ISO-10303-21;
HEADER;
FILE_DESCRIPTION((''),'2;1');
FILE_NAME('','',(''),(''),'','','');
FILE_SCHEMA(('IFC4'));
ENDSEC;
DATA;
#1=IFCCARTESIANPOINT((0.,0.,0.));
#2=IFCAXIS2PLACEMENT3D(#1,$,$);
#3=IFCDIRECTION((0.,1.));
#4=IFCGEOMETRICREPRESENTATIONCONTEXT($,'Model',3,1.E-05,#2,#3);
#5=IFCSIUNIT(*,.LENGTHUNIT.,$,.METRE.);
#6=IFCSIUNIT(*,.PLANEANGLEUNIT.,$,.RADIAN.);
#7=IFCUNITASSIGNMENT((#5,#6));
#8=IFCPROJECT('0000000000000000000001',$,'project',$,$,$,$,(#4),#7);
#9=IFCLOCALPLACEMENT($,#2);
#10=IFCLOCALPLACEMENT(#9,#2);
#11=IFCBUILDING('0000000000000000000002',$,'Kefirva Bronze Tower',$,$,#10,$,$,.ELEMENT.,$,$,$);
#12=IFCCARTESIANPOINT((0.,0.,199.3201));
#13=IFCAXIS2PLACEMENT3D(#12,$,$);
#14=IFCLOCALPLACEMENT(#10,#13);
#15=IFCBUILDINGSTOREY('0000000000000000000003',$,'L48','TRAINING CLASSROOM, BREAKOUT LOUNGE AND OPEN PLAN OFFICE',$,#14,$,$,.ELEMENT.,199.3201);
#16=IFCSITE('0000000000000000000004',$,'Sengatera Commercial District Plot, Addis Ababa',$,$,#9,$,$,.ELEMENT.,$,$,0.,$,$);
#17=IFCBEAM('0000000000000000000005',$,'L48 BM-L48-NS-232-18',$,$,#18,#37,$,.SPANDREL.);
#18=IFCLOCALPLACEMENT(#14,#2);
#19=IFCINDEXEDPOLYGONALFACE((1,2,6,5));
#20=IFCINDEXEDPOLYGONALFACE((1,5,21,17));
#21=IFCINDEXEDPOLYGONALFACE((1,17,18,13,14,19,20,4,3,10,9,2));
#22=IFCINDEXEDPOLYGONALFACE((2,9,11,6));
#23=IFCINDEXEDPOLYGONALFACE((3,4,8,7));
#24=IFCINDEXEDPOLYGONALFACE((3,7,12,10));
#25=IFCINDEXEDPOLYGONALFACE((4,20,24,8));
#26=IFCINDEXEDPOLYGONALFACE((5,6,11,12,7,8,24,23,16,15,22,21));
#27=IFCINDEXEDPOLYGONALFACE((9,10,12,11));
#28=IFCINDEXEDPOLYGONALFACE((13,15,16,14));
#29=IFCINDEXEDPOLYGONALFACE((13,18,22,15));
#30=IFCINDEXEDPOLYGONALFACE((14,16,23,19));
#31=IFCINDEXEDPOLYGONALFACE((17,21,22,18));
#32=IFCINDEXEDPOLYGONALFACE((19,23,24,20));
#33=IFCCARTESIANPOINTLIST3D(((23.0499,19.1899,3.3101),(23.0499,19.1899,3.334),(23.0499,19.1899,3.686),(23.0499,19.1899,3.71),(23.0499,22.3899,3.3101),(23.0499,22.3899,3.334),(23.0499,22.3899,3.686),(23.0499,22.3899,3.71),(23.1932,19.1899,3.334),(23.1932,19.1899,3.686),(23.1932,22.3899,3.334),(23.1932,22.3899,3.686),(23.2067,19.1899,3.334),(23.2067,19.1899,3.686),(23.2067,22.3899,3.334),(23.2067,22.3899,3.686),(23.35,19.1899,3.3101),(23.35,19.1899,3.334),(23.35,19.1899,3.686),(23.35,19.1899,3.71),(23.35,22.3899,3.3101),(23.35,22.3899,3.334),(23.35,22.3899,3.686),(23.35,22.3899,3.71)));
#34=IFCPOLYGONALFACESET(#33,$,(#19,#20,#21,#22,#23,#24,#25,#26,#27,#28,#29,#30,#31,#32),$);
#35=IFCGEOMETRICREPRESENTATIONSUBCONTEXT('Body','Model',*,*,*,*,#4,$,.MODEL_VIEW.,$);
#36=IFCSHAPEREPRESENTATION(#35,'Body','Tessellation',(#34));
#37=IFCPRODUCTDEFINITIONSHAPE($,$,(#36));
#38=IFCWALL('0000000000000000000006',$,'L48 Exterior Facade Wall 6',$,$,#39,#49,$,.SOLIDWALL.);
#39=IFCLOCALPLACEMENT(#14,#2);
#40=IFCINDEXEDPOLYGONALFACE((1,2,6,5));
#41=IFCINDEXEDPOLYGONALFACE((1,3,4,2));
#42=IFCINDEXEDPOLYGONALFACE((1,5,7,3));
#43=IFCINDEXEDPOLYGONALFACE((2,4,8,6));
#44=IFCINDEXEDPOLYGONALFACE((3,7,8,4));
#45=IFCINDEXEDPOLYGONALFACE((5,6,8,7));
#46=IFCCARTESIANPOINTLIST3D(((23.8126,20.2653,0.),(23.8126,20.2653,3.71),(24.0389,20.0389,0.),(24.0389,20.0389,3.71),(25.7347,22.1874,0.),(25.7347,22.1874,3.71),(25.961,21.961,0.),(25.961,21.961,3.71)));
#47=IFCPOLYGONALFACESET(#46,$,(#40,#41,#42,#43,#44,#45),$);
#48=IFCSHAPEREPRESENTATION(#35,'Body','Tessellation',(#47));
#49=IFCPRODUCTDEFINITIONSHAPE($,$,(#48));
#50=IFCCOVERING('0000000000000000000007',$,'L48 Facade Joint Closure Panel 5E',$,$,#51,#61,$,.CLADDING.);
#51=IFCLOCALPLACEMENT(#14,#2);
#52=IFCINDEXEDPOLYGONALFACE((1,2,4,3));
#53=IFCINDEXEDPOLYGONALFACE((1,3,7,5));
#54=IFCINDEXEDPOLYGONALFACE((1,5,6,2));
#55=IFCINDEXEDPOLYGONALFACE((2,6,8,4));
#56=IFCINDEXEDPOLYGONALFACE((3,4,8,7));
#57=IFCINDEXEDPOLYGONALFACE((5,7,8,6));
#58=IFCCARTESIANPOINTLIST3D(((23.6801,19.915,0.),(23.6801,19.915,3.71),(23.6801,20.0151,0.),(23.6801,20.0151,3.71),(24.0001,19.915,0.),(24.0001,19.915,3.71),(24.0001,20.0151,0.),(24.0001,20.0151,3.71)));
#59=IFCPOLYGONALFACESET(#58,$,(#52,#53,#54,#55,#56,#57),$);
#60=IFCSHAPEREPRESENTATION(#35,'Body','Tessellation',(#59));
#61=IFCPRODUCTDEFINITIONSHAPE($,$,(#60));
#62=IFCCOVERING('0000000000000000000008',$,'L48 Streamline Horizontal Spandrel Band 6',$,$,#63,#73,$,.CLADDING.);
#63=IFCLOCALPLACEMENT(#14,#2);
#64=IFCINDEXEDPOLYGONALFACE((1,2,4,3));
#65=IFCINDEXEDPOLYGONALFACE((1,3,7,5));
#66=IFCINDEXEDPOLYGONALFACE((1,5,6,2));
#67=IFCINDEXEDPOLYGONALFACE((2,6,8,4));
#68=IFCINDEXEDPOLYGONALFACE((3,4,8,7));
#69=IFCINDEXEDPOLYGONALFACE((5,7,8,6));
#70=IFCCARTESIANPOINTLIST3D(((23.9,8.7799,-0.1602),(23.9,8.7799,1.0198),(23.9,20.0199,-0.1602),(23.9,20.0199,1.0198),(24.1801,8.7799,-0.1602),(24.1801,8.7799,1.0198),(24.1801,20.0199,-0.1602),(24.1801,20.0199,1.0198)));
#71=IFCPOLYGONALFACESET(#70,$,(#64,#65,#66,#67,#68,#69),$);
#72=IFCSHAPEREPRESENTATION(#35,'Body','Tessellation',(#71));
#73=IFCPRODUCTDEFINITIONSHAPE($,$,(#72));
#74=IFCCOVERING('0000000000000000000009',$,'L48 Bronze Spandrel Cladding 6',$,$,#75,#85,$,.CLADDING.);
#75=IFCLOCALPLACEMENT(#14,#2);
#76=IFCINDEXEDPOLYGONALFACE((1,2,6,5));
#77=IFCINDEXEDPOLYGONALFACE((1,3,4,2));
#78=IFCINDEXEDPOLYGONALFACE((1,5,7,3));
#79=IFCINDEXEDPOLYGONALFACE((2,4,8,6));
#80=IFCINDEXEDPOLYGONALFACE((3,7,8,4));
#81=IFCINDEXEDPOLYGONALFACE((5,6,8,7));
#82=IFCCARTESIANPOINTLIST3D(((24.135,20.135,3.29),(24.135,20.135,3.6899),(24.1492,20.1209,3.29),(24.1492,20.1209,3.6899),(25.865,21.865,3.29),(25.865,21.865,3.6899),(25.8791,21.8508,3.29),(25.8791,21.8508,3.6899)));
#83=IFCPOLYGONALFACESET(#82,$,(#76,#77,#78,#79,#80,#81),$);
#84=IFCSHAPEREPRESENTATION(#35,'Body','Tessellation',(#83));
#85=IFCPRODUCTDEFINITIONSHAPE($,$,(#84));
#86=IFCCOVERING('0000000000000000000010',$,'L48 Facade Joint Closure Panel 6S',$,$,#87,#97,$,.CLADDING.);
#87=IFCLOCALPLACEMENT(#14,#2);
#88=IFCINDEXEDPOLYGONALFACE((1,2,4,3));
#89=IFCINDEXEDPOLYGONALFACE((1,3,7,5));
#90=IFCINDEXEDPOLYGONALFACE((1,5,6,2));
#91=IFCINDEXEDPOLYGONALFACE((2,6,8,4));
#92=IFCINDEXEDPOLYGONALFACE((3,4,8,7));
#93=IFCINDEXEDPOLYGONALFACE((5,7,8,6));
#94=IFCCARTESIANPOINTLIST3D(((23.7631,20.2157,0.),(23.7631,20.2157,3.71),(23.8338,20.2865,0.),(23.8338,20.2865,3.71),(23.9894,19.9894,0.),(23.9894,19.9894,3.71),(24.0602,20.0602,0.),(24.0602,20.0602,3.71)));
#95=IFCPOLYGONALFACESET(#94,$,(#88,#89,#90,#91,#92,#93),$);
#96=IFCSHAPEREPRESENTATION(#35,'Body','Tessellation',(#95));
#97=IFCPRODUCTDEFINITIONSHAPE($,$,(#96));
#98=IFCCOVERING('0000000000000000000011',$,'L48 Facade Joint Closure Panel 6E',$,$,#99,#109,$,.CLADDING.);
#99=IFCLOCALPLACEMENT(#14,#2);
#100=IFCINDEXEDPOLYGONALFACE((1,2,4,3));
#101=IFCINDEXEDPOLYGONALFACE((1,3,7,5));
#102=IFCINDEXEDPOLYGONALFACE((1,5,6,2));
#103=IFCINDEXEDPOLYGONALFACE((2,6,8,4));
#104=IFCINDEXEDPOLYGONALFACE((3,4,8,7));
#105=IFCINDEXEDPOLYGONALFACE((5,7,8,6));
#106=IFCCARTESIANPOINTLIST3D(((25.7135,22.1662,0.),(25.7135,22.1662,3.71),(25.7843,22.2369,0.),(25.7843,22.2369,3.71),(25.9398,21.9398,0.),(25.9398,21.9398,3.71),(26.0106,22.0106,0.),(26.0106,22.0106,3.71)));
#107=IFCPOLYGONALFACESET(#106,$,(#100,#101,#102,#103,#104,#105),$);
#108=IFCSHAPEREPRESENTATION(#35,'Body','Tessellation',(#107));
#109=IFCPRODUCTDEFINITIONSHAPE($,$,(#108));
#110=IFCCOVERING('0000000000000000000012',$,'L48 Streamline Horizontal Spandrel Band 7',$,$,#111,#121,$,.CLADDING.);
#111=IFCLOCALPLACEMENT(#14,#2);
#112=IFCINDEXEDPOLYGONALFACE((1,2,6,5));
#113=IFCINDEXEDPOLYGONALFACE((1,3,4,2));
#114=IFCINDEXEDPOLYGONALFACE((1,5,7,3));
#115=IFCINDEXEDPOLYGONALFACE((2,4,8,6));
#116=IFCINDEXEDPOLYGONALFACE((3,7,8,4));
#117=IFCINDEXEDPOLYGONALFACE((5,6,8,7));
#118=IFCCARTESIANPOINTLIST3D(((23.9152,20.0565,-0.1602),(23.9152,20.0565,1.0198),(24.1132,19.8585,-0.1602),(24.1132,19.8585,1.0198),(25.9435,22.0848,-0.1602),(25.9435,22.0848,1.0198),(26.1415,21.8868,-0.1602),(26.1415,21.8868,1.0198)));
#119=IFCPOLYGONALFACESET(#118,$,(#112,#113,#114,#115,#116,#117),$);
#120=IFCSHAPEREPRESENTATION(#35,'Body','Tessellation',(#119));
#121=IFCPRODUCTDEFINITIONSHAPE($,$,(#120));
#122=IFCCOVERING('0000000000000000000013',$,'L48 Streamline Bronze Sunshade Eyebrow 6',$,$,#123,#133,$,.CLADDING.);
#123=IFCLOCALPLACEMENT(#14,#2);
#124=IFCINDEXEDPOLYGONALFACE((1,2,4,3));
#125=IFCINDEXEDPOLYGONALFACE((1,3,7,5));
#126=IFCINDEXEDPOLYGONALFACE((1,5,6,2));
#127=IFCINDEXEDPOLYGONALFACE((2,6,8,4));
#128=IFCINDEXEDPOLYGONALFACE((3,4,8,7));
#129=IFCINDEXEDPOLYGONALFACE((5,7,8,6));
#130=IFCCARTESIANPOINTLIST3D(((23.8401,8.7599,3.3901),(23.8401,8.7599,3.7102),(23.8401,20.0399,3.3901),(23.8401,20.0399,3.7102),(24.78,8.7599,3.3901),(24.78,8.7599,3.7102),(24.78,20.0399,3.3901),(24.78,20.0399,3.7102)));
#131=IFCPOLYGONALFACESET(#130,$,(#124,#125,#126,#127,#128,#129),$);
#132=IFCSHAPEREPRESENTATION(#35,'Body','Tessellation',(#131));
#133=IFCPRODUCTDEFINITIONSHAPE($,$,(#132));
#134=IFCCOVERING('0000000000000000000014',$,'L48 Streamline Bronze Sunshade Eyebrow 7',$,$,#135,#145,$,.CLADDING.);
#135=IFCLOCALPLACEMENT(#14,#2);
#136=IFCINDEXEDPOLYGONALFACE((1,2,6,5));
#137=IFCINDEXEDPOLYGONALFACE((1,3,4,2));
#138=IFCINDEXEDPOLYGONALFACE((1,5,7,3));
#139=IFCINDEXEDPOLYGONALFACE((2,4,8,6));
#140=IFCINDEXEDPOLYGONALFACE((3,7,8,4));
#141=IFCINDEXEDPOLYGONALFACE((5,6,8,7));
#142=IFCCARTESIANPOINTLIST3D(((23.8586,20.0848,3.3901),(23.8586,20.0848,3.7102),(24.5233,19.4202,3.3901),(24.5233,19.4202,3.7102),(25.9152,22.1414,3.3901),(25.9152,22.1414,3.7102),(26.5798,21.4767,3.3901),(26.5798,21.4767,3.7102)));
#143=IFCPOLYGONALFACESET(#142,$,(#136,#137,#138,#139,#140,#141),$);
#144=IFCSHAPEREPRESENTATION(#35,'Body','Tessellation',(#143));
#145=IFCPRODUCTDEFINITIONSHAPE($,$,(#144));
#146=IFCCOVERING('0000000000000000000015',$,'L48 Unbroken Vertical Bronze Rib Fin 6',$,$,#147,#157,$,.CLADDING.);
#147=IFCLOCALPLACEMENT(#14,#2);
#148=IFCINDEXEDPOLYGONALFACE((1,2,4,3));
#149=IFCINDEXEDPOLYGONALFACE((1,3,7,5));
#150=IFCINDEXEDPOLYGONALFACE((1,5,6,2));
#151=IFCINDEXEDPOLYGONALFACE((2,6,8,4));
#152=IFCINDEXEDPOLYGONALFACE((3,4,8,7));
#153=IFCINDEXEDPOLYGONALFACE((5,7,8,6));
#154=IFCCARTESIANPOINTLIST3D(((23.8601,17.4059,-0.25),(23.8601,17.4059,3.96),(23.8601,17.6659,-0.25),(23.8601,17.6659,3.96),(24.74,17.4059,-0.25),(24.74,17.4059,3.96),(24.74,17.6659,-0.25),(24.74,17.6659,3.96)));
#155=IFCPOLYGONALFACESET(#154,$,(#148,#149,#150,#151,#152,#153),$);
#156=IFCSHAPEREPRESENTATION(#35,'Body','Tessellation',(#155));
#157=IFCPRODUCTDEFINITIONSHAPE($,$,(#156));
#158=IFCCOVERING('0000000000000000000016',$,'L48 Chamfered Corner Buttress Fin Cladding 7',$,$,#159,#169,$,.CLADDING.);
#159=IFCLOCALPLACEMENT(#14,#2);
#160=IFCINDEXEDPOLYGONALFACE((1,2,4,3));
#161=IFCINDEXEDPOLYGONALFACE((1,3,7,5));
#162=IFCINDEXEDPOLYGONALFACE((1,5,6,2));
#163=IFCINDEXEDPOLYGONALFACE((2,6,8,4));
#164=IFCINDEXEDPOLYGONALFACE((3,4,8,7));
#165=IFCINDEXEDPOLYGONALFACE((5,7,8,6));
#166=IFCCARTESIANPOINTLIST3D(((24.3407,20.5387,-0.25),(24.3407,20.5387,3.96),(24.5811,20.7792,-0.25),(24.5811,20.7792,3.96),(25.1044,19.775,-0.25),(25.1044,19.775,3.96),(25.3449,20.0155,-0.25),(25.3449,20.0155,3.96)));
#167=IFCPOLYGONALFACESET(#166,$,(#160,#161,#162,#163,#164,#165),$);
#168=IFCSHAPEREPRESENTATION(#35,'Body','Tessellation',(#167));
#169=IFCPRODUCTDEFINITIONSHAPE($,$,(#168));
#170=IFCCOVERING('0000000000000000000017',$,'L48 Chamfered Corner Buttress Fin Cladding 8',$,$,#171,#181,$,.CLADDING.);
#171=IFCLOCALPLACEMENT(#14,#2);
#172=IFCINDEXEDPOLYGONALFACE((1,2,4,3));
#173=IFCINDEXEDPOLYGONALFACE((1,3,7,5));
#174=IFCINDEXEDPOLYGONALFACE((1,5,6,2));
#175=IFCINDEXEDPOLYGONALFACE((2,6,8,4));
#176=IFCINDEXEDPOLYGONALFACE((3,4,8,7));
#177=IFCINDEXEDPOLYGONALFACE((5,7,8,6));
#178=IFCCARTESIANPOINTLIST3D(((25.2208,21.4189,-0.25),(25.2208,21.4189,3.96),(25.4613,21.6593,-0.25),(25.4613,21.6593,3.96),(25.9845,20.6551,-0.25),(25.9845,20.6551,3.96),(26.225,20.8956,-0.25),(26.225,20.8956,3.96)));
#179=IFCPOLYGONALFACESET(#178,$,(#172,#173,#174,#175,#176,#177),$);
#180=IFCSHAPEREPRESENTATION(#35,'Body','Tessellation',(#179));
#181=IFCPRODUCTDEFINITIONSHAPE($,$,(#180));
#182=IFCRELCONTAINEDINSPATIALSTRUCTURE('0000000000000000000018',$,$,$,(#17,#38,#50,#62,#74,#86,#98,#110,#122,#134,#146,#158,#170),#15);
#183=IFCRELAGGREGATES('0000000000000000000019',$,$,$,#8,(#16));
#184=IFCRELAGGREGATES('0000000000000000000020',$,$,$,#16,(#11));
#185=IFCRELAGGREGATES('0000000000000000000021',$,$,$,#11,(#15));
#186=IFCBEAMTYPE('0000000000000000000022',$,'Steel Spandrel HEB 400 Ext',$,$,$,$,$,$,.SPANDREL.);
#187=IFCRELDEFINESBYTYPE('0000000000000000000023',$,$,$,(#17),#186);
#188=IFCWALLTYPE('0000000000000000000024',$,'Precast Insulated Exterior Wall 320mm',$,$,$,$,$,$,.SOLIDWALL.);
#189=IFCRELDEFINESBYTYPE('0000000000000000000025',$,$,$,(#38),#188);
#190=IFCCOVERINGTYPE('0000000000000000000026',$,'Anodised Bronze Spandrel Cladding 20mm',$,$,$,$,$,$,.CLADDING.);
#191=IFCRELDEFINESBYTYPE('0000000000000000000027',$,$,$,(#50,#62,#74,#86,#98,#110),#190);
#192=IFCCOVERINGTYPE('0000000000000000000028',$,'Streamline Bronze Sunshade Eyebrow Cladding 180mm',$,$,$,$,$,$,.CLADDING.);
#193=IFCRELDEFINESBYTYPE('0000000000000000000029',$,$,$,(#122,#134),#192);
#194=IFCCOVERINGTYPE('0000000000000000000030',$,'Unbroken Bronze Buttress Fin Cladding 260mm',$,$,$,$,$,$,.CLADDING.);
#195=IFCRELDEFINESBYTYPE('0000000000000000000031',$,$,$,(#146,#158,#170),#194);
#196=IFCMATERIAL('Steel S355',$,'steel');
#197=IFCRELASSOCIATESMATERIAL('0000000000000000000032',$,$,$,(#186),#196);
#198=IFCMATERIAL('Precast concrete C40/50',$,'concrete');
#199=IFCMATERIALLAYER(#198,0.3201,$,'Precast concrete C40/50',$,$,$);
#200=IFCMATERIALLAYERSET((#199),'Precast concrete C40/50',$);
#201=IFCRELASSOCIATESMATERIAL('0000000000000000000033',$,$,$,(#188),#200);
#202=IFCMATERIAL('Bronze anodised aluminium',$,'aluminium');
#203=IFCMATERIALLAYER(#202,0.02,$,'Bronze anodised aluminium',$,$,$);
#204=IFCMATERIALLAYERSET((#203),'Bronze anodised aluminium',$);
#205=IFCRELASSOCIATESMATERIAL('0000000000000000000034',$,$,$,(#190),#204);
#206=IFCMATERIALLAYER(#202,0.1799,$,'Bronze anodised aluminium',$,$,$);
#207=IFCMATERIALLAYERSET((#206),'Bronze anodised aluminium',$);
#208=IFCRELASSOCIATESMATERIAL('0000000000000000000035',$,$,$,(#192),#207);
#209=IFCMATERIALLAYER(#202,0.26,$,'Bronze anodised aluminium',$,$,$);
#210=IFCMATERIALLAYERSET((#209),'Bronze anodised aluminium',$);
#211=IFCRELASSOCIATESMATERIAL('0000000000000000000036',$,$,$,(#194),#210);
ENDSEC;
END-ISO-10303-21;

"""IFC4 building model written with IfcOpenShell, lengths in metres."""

from ifc_helpers import new_model, si_unit, direction, frame, frame_2d, origin, origin_2d, place, context, subcontext, project, spatial, rectangle, i_section, extrude, material, layer, layer_set, material_profile, profile_set, type_object, element, save


model = new_model("IFC4")

# Units and contexts
model_context = context("Model", 3, precision=1e-05, world=origin(), true_north=direction((0.0, 1.0)))
body_context = subcontext(model_context, "Body", "Model", "MODEL_VIEW")
ifc_project = project(units=[si_unit("LENGTHUNIT", "METRE"), si_unit("PLANEANGLEUNIT", "RADIAN")], contexts=[model_context])

# Site, building, storey
site_placement = place(None, origin())
site = spatial("IfcSite", under=ifc_project, at=site_placement, Name="Sengatera Commercial District Plot, Addis Ababa", CompositionType="ELEMENT", RefElevation=0.0)
building_placement = place(site_placement, origin())
building = spatial("IfcBuilding", under=site, at=building_placement, Name="Kefirva Bronze Tower", CompositionType="ELEMENT")
storey_placement = place(building_placement, frame((0.0, 0.0, 199.3201)))
storey = spatial("IfcBuildingStorey", under=building, at=storey_placement, Name="L48", Description="TRAINING CLASSROOM, BREAKOUT LOUNGE AND OPEN PLAN OFFICE", CompositionType="ELEMENT", Elevation=199.3201)

# Shared definitions
ifc_material_1 = material(Name="Bronze anodised aluminium", Category="aluminium")

# Beam
ifc_material_2 = material(Name="Steel S355", Category="steel")
ifc_material_profile_1 = material_profile(ifc_material_2, i_section(OverallWidth=0.3, OverallDepth=0.3999, WebThickness=0.0134, FlangeThickness=0.0239, at=origin_2d()), Name="HEB 400")
ifc_profile_set_1 = profile_set([ifc_material_profile_1], Name="Steel S355")
beam_type_1 = type_object("IfcBeamType", Name="Steel Spandrel HEB 400 Ext", PredefinedType="SPANDREL", material=ifc_profile_set_1)
beam_1_placement = place(storey_placement, frame((23.2, 19.1899, 3.51), z_axis=(0.0, 1.0, 0.0), x_axis=(-1.0, 0.0, 0.0)))
element("IfcBeam", 1, at=beam_1_placement, inside=storey, type_object=beam_type_1, Name="L48 BM-L48-NS-232-18", PredefinedType="SPANDREL", context=body_context, shape_type="SweptSolid", body=[
    extrude(i_section(OverallWidth=0.3, OverallDepth=0.3999, WebThickness=0.0134, FlangeThickness=0.0239, at=origin_2d()), origin(), (0.0, 0.0, 1.0), 3.2),
])

# Wall
ifc_material_3 = material(Name="Precast concrete C40/50", Category="concrete")
ifc_layer_1 = layer(ifc_material_3, 0.3201, Name="Precast concrete C40/50")
ifc_layer_set_1 = layer_set([ifc_layer_1], Name="Precast concrete C40/50")
wall_type = type_object("IfcWallType", Name="Precast Insulated Exterior Wall 320mm", PredefinedType="SOLIDWALL", material=ifc_layer_set_1)
wall_placement = place(storey_placement, frame((23.9258, 20.1521, 0.0), z_axis=(0.0, 0.0, 1.0), x_axis=(0.707107, 0.707107, 0.0)))
element("IfcWall", 2, at=wall_placement, inside=storey, type_object=wall_type, Name="L48 Exterior Facade Wall 6", PredefinedType="SOLIDWALL", context=body_context, shape_type="SweptSolid", body=[
    extrude(rectangle(XDim=2.7183, YDim=0.3201, at=frame_2d((1.3591, 0.0))), origin(), (0.0, 0.0, 1.0), 3.71),
])

# Coverings
ifc_layer_2 = layer(ifc_material_1, 0.02, Name="Bronze anodised aluminium")
ifc_layer_set_2 = layer_set([ifc_layer_2], Name="Bronze anodised aluminium")
covering_type_1 = type_object("IfcCoveringType", Name="Anodised Bronze Spandrel Cladding 20mm", PredefinedType="CLADDING", material=ifc_layer_set_2)
covering_1_placement = place(storey_placement, frame((23.8401, 19.9651, 0.0), z_axis=(0.0, 0.0, 1.0), x_axis=(0.0, 1.0, 0.0)))
element("IfcCovering", 3, at=covering_1_placement, inside=storey, type_object=covering_type_1, Name="L48 Facade Joint Closure Panel 5E", PredefinedType="CLADDING", context=body_context, shape_type="SweptSolid", body=[
    extrude(rectangle(XDim=0.1001, YDim=0.3201, at=origin_2d()), origin(), (0.0, 0.0, 1.0), 3.71),
])
covering_2_placement = place(storey_placement, frame((24.04, 14.3999, -0.1602), z_axis=(0.0, 0.0, 1.0), x_axis=(0.0, 1.0, 0.0)))
element("IfcCovering", 4, at=covering_2_placement, inside=storey, type_object=covering_type_1, Name="L48 Streamline Horizontal Spandrel Band 6", PredefinedType="CLADDING", context=body_context, shape_type="SweptSolid", body=[
    extrude(rectangle(XDim=11.24, YDim=0.28, at=origin_2d()), origin(), (0.0, 0.0, 1.0), 1.1799),
])
covering_3_placement = place(storey_placement, frame((25.0071, 20.9929, 3.29), z_axis=(0.0, 0.0, 1.0), x_axis=(0.707107, 0.707107, 0.0)))
element("IfcCovering", 5, at=covering_3_placement, inside=storey, type_object=covering_type_1, Name="L48 Bronze Spandrel Cladding 6", PredefinedType="CLADDING", context=body_context, shape_type="SweptSolid", body=[
    extrude(rectangle(XDim=2.4465, YDim=0.02, at=origin_2d()), origin(), (0.0, 0.0, 1.0), 0.3999),
])
for number, where, z_axis, x_axis, name in (
    (6, (23.9116, 20.1379, 0.0), (0.0, 0.0, 1.0), (0.707107, 0.707107, 0.0), "L48 Facade Joint Closure Panel 6S"),
    (7, (25.8621, 22.0884, 0.0), (0.0, 0.0, 1.0), (0.707107, 0.707107, 0.0), "L48 Facade Joint Closure Panel 6E"),
):
    element("IfcCovering", number, at=place(storey_placement, frame(where, z_axis=z_axis, x_axis=x_axis)), inside=storey, type_object=covering_type_1, Name=name, PredefinedType="CLADDING", context=body_context, shape_type="SweptSolid", body=[
        extrude(rectangle(XDim=0.1001, YDim=0.3201, at=origin_2d()), origin(), (0.0, 0.0, 1.0), 3.71),
    ])
covering_4_placement = place(storey_placement, frame((25.0283, 20.9717, -0.1602), z_axis=(0.0, 0.0, 1.0), x_axis=(0.707107, 0.707107, 0.0)))
element("IfcCovering", 8, at=covering_4_placement, inside=storey, type_object=covering_type_1, Name="L48 Streamline Horizontal Spandrel Band 7", PredefinedType="CLADDING", context=body_context, shape_type="SweptSolid", body=[
    extrude(rectangle(XDim=2.8684, YDim=0.28, at=origin_2d()), origin(), (0.0, 0.0, 1.0), 1.1799),
])
ifc_layer_3 = layer(ifc_material_1, 0.1799, Name="Bronze anodised aluminium")
ifc_layer_set_3 = layer_set([ifc_layer_3], Name="Bronze anodised aluminium")
covering_type_2 = type_object("IfcCoveringType", Name="Streamline Bronze Sunshade Eyebrow Cladding 180mm", PredefinedType="CLADDING", material=ifc_layer_set_3)
covering_5_placement = place(storey_placement, frame((24.3101, 14.3999, 3.3901), z_axis=(0.0, 0.0, 1.0), x_axis=(0.0, 1.0, 0.0)))
element("IfcCovering", 9, at=covering_5_placement, inside=storey, type_object=covering_type_2, Name="L48 Streamline Bronze Sunshade Eyebrow 6", PredefinedType="CLADDING", context=body_context, shape_type="SweptSolid", body=[
    extrude(rectangle(XDim=11.28, YDim=0.9399, at=origin_2d()), origin(), (0.0, 0.0, 1.0), 0.3201),
])
covering_6_placement = place(storey_placement, frame((25.2192, 20.7808, 3.3901), z_axis=(0.0, 0.0, 1.0), x_axis=(0.707107, 0.707107, 0.0)))
element("IfcCovering", 10, at=covering_6_placement, inside=storey, type_object=covering_type_2, Name="L48 Streamline Bronze Sunshade Eyebrow 7", PredefinedType="CLADDING", context=body_context, shape_type="SweptSolid", body=[
    extrude(rectangle(XDim=2.9084, YDim=0.9399, at=origin_2d()), origin(), (0.0, 0.0, 1.0), 0.3201),
])
ifc_layer_4 = layer(ifc_material_1, 0.26, Name="Bronze anodised aluminium")
ifc_layer_set_4 = layer_set([ifc_layer_4], Name="Bronze anodised aluminium")
covering_type_3 = type_object("IfcCoveringType", Name="Unbroken Bronze Buttress Fin Cladding 260mm", PredefinedType="CLADDING", material=ifc_layer_set_4)
covering_7_placement = place(storey_placement, frame((24.3, 17.5359, -0.25), z_axis=(0.0, 0.0, 1.0), x_axis=(0.0, 1.0, 0.0)))
element("IfcCovering", 11, at=covering_7_placement, inside=storey, type_object=covering_type_3, Name="L48 Unbroken Vertical Bronze Rib Fin 6", PredefinedType="CLADDING", context=body_context, shape_type="SweptSolid", body=[
    extrude(rectangle(XDim=0.26, YDim=0.8799, at=origin_2d()), origin(), (0.0, 0.0, 1.0), 4.21),
])
for number, where, z_axis, x_axis, name in (
    (12, (24.8428, 20.2771, -0.25), (0.0, 0.0, 1.0), (0.707107, 0.707107, 0.0), "L48 Chamfered Corner Buttress Fin Cladding 7"),
    (13, (25.7229, 21.1572, -0.25), (0.0, 0.0, 1.0), (0.707107, 0.707107, 0.0), "L48 Chamfered Corner Buttress Fin Cladding 8"),
):
    element("IfcCovering", number, at=place(storey_placement, frame(where, z_axis=z_axis, x_axis=x_axis)), inside=storey, type_object=covering_type_3, Name=name, PredefinedType="CLADDING", context=body_context, shape_type="SweptSolid", body=[
        extrude(rectangle(XDim=0.3401, YDim=1.0801, at=origin_2d()), origin(), (0.0, 0.0, 1.0), 4.21),
    ])

save(model, "model.ifc")
